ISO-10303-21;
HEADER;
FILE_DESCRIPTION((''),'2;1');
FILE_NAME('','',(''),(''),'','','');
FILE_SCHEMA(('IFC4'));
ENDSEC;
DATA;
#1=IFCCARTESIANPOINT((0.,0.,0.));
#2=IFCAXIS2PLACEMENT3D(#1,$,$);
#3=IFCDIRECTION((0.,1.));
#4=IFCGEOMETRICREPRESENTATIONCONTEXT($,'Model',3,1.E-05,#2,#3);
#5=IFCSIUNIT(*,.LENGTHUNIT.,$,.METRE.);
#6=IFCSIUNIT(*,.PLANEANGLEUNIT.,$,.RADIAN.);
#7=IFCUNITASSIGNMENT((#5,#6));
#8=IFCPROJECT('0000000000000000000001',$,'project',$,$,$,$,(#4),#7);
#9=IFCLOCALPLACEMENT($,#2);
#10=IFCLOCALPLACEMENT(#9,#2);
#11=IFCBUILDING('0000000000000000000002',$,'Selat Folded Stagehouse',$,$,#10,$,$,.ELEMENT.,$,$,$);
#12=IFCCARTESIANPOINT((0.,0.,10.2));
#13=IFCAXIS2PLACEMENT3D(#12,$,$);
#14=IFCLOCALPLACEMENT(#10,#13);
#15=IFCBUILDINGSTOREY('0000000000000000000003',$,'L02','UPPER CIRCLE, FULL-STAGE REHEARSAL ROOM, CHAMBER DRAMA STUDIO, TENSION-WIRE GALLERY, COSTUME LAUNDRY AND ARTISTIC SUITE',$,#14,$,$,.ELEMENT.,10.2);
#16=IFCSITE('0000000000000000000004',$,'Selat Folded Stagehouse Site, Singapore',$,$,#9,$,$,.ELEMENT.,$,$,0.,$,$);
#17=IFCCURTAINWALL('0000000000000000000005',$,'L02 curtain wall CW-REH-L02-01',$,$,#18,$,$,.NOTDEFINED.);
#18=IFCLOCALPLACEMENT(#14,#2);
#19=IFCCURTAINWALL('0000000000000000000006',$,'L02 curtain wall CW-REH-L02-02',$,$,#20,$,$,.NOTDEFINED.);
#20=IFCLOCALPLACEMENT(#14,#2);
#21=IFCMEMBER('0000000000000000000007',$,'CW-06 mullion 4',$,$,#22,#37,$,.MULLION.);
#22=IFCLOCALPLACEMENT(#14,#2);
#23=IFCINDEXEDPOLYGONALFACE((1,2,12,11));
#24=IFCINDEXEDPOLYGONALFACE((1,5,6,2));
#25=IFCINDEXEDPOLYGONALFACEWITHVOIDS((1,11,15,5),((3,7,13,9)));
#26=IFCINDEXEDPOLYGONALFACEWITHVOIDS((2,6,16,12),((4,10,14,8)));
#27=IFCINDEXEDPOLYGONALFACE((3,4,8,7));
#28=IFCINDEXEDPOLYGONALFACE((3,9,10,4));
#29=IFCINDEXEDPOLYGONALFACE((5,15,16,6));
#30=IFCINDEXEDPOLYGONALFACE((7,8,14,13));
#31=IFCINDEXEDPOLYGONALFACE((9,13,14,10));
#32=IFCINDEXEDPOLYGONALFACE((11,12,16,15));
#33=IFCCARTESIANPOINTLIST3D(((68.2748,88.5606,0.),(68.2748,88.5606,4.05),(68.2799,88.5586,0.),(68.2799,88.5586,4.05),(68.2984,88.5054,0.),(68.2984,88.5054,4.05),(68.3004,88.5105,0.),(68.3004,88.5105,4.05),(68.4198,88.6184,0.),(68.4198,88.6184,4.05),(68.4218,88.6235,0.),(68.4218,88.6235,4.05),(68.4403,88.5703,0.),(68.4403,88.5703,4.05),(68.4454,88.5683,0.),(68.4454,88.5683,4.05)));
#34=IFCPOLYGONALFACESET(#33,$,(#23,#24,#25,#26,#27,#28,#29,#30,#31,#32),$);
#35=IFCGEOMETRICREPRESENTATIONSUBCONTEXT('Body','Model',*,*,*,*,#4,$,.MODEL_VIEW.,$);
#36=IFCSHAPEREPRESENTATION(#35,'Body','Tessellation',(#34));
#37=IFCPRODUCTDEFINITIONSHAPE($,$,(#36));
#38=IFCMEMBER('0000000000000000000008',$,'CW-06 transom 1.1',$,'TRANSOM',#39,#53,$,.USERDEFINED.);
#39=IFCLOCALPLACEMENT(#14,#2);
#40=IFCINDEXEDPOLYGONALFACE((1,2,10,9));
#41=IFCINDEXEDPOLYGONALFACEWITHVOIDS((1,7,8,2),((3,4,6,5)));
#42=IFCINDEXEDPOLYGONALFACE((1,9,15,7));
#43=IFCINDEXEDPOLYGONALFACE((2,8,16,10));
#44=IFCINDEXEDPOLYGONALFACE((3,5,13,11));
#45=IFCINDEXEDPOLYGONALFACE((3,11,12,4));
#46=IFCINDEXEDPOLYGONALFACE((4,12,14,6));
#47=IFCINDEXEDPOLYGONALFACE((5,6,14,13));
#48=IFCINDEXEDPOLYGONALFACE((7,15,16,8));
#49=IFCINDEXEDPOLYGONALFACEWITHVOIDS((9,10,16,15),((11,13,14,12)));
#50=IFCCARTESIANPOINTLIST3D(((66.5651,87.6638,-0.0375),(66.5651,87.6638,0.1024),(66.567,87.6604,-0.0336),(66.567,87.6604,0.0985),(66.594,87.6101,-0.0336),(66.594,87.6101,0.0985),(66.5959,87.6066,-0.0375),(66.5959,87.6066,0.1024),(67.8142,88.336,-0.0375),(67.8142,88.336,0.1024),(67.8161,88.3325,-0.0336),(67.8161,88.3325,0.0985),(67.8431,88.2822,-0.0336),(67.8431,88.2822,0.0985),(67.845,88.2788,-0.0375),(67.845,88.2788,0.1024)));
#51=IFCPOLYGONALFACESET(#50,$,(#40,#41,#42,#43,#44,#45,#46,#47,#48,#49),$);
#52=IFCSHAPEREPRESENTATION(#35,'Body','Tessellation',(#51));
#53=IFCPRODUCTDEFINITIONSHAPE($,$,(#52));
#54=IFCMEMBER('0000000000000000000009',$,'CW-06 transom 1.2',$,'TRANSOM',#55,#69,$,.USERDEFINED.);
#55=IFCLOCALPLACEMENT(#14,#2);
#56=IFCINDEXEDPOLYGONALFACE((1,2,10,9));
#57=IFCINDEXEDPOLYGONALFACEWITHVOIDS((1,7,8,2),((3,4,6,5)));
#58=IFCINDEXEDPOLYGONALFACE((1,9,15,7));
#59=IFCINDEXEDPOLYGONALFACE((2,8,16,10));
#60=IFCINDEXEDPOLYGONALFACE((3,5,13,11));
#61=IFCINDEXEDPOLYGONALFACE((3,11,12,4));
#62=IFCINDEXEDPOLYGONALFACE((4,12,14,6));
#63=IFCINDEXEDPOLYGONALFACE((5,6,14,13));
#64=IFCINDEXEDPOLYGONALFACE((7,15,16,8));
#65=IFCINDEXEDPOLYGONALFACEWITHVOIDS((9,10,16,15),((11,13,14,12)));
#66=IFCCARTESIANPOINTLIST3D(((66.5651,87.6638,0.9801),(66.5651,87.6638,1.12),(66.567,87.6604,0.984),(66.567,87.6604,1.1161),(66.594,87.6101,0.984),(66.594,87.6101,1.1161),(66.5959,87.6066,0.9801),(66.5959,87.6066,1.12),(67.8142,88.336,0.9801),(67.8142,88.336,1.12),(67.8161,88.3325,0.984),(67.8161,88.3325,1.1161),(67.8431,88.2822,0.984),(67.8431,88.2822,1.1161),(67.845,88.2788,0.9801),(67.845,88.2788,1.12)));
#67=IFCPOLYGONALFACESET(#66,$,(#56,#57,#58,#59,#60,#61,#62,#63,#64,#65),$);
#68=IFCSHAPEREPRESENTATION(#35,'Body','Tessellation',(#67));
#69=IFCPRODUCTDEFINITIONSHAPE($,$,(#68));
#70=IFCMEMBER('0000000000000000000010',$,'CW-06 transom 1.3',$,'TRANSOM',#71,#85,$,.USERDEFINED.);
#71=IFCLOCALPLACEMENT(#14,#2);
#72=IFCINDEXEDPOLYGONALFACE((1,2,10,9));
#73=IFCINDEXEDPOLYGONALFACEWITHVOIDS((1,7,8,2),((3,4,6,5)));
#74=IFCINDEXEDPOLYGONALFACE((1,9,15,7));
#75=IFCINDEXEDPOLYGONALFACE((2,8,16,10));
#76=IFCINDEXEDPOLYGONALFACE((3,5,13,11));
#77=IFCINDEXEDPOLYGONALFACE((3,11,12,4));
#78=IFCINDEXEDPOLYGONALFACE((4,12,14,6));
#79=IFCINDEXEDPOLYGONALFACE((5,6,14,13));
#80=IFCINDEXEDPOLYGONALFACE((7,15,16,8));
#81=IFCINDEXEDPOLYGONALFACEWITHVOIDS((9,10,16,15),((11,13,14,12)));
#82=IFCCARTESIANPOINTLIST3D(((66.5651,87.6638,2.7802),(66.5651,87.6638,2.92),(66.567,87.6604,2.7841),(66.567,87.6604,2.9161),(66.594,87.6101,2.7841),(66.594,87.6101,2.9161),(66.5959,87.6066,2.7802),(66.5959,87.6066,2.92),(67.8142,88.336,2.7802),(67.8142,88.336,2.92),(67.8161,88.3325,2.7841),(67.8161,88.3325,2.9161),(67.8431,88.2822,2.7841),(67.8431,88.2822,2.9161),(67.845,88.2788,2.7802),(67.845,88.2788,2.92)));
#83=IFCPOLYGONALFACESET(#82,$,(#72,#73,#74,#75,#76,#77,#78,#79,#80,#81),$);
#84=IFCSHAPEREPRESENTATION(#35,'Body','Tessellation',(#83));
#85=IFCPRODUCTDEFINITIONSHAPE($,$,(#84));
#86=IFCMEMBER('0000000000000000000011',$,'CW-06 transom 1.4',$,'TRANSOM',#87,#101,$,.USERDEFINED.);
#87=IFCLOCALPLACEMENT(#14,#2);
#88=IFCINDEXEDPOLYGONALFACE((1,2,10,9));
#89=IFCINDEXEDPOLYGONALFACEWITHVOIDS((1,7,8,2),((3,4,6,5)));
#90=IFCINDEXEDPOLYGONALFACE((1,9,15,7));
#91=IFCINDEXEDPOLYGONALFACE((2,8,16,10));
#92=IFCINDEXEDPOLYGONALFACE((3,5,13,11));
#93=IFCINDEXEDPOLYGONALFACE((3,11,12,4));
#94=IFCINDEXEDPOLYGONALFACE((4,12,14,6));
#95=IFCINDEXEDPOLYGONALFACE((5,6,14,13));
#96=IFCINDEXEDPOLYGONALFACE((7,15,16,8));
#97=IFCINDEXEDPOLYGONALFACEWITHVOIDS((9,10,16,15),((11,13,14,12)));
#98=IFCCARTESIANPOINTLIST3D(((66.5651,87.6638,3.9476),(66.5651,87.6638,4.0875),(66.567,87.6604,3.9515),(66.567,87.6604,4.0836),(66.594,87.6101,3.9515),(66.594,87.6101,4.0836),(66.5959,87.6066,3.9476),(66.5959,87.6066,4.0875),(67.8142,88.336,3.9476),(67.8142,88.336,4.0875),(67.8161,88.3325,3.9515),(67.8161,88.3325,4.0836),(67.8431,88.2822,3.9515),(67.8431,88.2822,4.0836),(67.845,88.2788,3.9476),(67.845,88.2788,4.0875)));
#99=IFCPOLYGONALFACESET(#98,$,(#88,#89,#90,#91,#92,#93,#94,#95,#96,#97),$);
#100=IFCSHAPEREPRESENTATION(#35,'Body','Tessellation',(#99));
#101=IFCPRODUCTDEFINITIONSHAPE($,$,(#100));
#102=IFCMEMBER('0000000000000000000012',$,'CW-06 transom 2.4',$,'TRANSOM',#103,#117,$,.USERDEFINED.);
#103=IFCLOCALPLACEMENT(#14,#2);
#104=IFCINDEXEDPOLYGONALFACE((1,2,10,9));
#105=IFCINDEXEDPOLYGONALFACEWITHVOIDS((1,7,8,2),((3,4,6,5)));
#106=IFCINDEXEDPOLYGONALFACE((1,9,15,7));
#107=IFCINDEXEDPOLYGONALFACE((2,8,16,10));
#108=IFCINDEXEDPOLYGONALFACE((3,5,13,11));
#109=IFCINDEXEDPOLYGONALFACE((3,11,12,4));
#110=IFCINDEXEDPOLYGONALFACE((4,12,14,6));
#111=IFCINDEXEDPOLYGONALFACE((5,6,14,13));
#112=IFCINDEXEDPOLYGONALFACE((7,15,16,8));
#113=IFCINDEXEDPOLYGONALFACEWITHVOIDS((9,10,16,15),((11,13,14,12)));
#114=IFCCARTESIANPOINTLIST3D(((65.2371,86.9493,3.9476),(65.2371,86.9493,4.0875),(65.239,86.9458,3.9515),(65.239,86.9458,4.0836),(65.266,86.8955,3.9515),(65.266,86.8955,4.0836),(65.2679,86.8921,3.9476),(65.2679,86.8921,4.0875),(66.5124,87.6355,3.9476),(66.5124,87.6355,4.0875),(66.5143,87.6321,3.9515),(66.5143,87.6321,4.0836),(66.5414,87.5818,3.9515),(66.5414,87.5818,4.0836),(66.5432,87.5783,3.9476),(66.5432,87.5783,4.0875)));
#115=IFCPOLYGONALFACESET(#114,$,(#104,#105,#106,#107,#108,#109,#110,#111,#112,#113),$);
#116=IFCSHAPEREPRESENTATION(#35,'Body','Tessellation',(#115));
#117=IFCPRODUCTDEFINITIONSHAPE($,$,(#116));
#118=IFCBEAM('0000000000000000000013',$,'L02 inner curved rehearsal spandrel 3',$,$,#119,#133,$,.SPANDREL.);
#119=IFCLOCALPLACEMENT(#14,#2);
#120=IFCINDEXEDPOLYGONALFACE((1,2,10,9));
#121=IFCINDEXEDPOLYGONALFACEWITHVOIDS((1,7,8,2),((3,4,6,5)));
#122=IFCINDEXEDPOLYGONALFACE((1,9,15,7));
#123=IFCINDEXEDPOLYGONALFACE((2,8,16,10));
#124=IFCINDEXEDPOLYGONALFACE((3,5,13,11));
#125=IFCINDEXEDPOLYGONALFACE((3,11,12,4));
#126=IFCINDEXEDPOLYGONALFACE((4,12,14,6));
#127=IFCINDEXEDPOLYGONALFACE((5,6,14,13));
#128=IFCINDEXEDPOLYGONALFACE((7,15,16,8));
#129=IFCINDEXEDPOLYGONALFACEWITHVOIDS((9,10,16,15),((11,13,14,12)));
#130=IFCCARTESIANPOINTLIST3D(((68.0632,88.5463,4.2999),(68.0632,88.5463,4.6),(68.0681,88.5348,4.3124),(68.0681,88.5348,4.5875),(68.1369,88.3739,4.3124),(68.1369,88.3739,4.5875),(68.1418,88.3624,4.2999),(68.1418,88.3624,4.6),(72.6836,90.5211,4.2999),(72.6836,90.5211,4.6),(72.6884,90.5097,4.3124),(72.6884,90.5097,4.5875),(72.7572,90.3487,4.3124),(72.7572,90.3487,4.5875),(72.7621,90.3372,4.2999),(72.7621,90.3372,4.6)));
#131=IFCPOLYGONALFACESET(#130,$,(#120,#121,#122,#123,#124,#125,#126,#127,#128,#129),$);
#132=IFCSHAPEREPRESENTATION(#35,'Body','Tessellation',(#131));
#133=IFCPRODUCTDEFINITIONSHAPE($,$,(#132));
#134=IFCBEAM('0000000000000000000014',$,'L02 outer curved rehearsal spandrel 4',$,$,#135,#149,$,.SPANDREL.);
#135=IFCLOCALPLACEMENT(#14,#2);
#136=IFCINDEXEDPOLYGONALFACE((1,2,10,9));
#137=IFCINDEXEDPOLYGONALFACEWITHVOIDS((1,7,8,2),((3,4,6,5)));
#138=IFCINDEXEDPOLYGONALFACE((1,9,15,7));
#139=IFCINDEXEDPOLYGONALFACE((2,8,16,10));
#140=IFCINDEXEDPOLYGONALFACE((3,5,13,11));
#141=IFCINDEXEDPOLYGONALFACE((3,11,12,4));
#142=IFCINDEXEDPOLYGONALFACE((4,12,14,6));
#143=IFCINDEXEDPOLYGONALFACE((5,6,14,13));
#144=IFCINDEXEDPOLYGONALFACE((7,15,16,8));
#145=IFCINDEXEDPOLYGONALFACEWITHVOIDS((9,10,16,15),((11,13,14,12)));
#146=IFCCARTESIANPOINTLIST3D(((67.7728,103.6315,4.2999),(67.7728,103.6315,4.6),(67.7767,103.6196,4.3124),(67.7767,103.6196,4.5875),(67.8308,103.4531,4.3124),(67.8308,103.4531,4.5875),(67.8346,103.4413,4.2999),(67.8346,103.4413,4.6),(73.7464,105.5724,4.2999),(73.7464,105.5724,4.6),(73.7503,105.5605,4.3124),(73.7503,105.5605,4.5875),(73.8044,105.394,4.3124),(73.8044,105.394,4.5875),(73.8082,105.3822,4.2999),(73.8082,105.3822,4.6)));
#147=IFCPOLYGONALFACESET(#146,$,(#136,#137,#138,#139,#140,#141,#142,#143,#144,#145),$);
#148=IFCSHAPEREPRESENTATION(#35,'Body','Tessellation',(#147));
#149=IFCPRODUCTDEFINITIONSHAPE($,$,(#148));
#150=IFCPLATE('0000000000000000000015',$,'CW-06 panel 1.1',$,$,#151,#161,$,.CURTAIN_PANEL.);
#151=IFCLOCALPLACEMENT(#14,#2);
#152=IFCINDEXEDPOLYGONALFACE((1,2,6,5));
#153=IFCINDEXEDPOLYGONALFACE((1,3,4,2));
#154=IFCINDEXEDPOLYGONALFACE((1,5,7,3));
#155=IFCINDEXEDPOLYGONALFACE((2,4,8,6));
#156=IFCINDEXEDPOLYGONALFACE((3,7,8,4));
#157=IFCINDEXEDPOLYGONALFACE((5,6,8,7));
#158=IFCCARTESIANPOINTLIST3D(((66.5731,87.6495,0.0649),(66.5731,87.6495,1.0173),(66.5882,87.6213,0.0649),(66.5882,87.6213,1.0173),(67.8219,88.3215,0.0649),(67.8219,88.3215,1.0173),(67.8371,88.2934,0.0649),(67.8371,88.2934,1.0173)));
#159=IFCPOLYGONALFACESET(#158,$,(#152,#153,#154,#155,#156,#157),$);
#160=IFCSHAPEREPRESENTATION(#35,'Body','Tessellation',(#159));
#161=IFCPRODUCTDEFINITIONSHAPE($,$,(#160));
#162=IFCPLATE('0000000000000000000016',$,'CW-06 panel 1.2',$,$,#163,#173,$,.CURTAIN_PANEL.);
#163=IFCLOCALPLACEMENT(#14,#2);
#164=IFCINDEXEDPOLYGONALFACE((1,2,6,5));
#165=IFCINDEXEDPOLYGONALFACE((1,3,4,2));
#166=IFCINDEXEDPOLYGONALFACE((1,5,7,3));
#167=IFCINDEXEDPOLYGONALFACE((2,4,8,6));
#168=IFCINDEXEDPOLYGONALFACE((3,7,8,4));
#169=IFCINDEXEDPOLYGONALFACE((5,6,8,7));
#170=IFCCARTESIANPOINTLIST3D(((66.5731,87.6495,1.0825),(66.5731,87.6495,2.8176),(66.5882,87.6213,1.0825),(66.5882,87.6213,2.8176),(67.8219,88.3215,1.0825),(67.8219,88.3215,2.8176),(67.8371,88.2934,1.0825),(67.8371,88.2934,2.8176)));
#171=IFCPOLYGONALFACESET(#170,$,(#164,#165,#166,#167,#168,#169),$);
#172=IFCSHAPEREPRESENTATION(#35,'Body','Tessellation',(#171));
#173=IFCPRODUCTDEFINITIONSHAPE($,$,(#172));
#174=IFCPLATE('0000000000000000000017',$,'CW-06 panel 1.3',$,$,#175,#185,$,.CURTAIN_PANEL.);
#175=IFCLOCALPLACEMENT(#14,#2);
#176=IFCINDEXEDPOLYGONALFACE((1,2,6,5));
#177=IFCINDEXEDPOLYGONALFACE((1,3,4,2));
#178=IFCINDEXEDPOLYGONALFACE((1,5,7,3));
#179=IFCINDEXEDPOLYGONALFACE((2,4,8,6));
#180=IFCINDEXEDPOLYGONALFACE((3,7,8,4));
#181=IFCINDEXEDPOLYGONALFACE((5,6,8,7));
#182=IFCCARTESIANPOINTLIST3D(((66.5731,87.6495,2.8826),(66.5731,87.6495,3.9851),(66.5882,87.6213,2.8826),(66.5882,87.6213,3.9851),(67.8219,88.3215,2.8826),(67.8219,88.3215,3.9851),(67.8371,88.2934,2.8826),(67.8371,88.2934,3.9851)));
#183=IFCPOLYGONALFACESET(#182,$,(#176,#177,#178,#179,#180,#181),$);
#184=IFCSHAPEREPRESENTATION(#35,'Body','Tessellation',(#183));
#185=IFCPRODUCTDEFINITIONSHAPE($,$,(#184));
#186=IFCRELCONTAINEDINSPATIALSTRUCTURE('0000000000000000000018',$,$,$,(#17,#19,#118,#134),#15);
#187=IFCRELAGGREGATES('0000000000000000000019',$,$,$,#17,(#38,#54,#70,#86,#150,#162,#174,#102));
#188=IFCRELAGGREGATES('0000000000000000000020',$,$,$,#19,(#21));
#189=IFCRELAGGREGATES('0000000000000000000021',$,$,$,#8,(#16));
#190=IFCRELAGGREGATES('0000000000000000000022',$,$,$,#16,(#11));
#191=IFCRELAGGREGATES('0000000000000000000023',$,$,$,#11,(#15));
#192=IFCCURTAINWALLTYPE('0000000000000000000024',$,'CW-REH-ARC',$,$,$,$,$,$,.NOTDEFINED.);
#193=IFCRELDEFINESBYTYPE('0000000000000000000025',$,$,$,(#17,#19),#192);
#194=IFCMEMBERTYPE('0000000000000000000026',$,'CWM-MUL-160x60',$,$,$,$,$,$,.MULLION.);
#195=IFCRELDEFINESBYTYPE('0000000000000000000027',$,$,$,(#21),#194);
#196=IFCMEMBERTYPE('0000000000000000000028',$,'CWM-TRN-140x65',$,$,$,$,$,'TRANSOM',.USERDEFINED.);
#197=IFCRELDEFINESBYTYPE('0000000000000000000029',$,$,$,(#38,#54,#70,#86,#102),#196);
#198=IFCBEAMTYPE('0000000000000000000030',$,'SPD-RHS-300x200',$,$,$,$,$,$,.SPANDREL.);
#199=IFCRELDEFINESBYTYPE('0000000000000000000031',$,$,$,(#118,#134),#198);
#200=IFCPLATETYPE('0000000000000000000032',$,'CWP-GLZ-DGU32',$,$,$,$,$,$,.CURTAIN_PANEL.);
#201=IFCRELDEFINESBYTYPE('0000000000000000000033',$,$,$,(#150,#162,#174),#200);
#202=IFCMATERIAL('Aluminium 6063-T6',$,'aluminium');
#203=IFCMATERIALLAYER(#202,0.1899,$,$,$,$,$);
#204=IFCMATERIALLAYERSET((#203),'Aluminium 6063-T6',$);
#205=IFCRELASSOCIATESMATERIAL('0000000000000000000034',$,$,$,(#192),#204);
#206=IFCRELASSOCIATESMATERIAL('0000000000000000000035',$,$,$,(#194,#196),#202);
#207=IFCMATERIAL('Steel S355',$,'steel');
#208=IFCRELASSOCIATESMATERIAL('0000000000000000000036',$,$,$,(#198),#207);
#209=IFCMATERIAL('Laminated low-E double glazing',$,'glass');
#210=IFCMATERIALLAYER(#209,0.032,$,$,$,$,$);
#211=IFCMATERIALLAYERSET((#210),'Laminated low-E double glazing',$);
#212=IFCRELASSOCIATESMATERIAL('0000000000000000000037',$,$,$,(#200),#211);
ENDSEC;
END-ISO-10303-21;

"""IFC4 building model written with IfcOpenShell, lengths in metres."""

from ifc_helpers import new_model, si_unit, direction, frame, origin, origin_2d, place, context, subcontext, project, spatial, rectangle, hollow_rectangle, extrude, material, layer, layer_set, material_profile, profile_set, type_object, element, aggregate, save


model = new_model("IFC4")

# Units and contexts
model_context = context("Model", 3, precision=1e-05, world=origin(), true_north=direction((0.0, 1.0)))
body_context = subcontext(model_context, "Body", "Model", "MODEL_VIEW")
ifc_project = project(units=[si_unit("LENGTHUNIT", "METRE"), si_unit("PLANEANGLEUNIT", "RADIAN")], contexts=[model_context])

# Site, building, storey
site_placement = place(None, origin())
site = spatial("IfcSite", under=ifc_project, at=site_placement, Name="Selat Folded Stagehouse Site, Singapore", CompositionType="ELEMENT", RefElevation=0.0)
building_placement = place(site_placement, origin())
building = spatial("IfcBuilding", under=site, at=building_placement, Name="Selat Folded Stagehouse", CompositionType="ELEMENT")
storey_placement = place(building_placement, frame((0.0, 0.0, 10.2)))
storey = spatial("IfcBuildingStorey", under=building, at=storey_placement, Name="L02", Description="UPPER CIRCLE, FULL-STAGE REHEARSAL ROOM, CHAMBER DRAMA STUDIO, TENSION-WIRE GALLERY, COSTUME LAUNDRY AND ARTISTIC SUITE", CompositionType="ELEMENT", Elevation=10.2)

# Shared definitions
ifc_material_1 = material(Name="Steel S355", Category="steel")

# Curtain wall
ifc_material_2 = material(Name="Aluminium 6063-T6", Category="aluminium")
ifc_layer_1 = layer(ifc_material_2, 0.1899)
ifc_layer_set_1 = layer_set([ifc_layer_1], Name="Aluminium 6063-T6")
curtain_wall_type = type_object("IfcCurtainWallType", Name="CW-REH-ARC", PredefinedType="NOTDEFINED", material=ifc_layer_set_1)
curtain_wall_1_placement = place(storey_placement, origin())
curtain_wall_1 = element("IfcCurtainWall", 1, at=curtain_wall_1_placement, inside=storey, type_object=curtain_wall_type, Name="L02 curtain wall CW-REH-L02-01", PredefinedType="NOTDEFINED")
ifc_material_profile_1 = material_profile(ifc_material_2, hollow_rectangle(XDim=0.0601, YDim=0.1599, WallThickness=0.0039, at=origin_2d()), Name="ALU 160x60x4.0")
ifc_profile_set_1 = profile_set([ifc_material_profile_1], Name="Aluminium 6063-T6")
member_type_1 = type_object("IfcMemberType", Name="CWM-MUL-160x60", PredefinedType="MULLION", material=ifc_profile_set_1)

# Curtain wall, member
curtain_wall_2_placement = place(storey_placement, origin())
curtain_wall_2 = element("IfcCurtainWall", 2, at=curtain_wall_2_placement, inside=storey, type_object=curtain_wall_type, Name="L02 curtain wall CW-REH-L02-02", PredefinedType="NOTDEFINED")
member_1_placement = place(storey_placement, frame((68.3601, 88.5645, 0.0), z_axis=(0.0, 0.0, 1.0), x_axis=(0.393012, -0.919533, 0.0)))
member_1 = element("IfcMember", 3, at=member_1_placement, type_object=member_type_1, Name="CW-06 mullion 4", PredefinedType="MULLION", context=body_context, shape_type="SweptSolid", body=[
    extrude(hollow_rectangle(XDim=0.0601, YDim=0.1599, WallThickness=0.0039, at=origin_2d()), origin(), (0.0, 0.0, 1.0), 4.05),
])

# Members
ifc_material_profile_2 = material_profile(ifc_material_2, hollow_rectangle(XDim=0.0649, YDim=0.1399, WallThickness=0.0039, at=origin_2d()), Name="ALU 140x65x4.0")
ifc_profile_set_2 = profile_set([ifc_material_profile_2], Name="Aluminium 6063-T6")
member_type_2 = type_object("IfcMemberType", Name="CWM-TRN-140x65", ElementType="TRANSOM", PredefinedType="USERDEFINED", material=ifc_profile_set_2)
member_2_placement = place(storey_placement, frame((67.8296, 88.3074, 0.0325), z_axis=(-0.880598, -0.473864, 0.0), x_axis=(0.473864, -0.880598, 0.0)))
member_2 = element("IfcMember", 4, at=member_2_placement, type_object=member_type_2, Name="CW-06 transom 1.1", ObjectType="TRANSOM", PredefinedType="USERDEFINED", context=body_context, shape_type="SweptSolid", body=[
    extrude(hollow_rectangle(XDim=0.0649, YDim=0.1399, WallThickness=0.0039, at=origin_2d()), origin(), (0.0, 0.0, 1.0), 1.4185),
])
member_3_placement = place(storey_placement, frame((67.8296, 88.3074, 1.05), z_axis=(-0.880598, -0.473864, 0.0), x_axis=(0.473864, -0.880598, 0.0)))
member_3 = element("IfcMember", 5, at=member_3_placement, type_object=member_type_2, Name="CW-06 transom 1.2", ObjectType="TRANSOM", PredefinedType="USERDEFINED", context=body_context, shape_type="SweptSolid", body=[
    extrude(hollow_rectangle(XDim=0.0649, YDim=0.1399, WallThickness=0.0039, at=origin_2d()), origin(), (0.0, 0.0, 1.0), 1.4185),
])
member_4_placement = place(storey_placement, frame((67.8296, 88.3074, 2.8501), z_axis=(-0.880598, -0.473864, 0.0), x_axis=(0.473864, -0.880598, 0.0)))
member_4 = element("IfcMember", 6, at=member_4_placement, type_object=member_type_2, Name="CW-06 transom 1.3", ObjectType="TRANSOM", PredefinedType="USERDEFINED", context=body_context, shape_type="SweptSolid", body=[
    extrude(hollow_rectangle(XDim=0.0649, YDim=0.1399, WallThickness=0.0039, at=origin_2d()), origin(), (0.0, 0.0, 1.0), 1.4185),
])
member_5_placement = place(storey_placement, frame((67.8296, 88.3074, 4.0176), z_axis=(-0.880598, -0.473864, 0.0), x_axis=(0.473864, -0.880598, 0.0)))
member_5 = element("IfcMember", 7, at=member_5_placement, type_object=member_type_2, Name="CW-06 transom 1.4", ObjectType="TRANSOM", PredefinedType="USERDEFINED", context=body_context, shape_type="SweptSolid", body=[
    extrude(hollow_rectangle(XDim=0.0649, YDim=0.1399, WallThickness=0.0039, at=origin_2d()), origin(), (0.0, 0.0, 1.0), 1.4185),
])
member_6_placement = place(storey_placement, frame((66.5278, 87.6069, 4.0176), z_axis=(-0.880606, -0.473848, 0.0), x_axis=(0.473848, -0.880606, 0.0)))
member_6 = element("IfcMember", 8, at=member_6_placement, type_object=member_type_2, Name="CW-06 transom 2.4", ObjectType="TRANSOM", PredefinedType="USERDEFINED", context=body_context, shape_type="SweptSolid", body=[
    extrude(hollow_rectangle(XDim=0.0649, YDim=0.1399, WallThickness=0.0039, at=origin_2d()), origin(), (0.0, 0.0, 1.0), 1.4482),
])

# Beams
ifc_material_profile_3 = material_profile(ifc_material_1, hollow_rectangle(XDim=0.2, YDim=0.3, WallThickness=0.0125, at=origin_2d()), Name="RHS 300x200x12.5")
ifc_profile_set_3 = profile_set([ifc_material_profile_3], Name="Steel S355")
beam_type_1 = type_object("IfcBeamType", Name="SPD-RHS-300x200", PredefinedType="SPANDREL", material=ifc_profile_set_3)
beam_1_placement = place(storey_placement, frame((68.1025, 88.4543, 4.45), z_axis=(0.919527, 0.393028, 0.0), x_axis=(-0.393028, 0.919527, 0.0)))
element("IfcBeam", 9, at=beam_1_placement, inside=storey, type_object=beam_type_1, Name="L02 inner curved rehearsal spandrel 3", PredefinedType="SPANDREL", context=body_context, shape_type="SweptSolid", body=[
    extrude(hollow_rectangle(XDim=0.2, YDim=0.3, WallThickness=0.0125, at=origin_2d()), origin(), (0.0, 0.0, 1.0), 5.0247),
])
beam_2_placement = place(storey_placement, frame((67.8037, 103.5364, 4.45), z_axis=(0.951058, 0.309012, 0.0), x_axis=(-0.309012, 0.951058, 0.0)))
element("IfcBeam", 10, at=beam_2_placement, inside=storey, type_object=beam_type_1, Name="L02 outer curved rehearsal spandrel 4", PredefinedType="SPANDREL", context=body_context, shape_type="SweptSolid", body=[
    extrude(hollow_rectangle(XDim=0.2, YDim=0.3, WallThickness=0.0125, at=origin_2d()), origin(), (0.0, 0.0, 1.0), 6.281),
])

# Plates
ifc_material_3 = material(Name="Laminated low-E double glazing", Category="glass")
ifc_layer_2 = layer(ifc_material_3, 0.032)
ifc_layer_set_2 = layer_set([ifc_layer_2], Name="Laminated low-E double glazing")
plate_type_1 = type_object("IfcPlateType", Name="CWP-GLZ-DGU32", PredefinedType="CURTAIN_PANEL", material=ifc_layer_set_2)
plate_1_placement = place(storey_placement, frame((67.2051, 87.9714, 0.0649), z_axis=(0.0, 0.0, 1.0), x_axis=(-0.880601, -0.473859, 0.0)))
plate_1 = element("IfcPlate", 11, at=plate_1_placement, type_object=plate_type_1, Name="CW-06 panel 1.1", PredefinedType="CURTAIN_PANEL", context=body_context, shape_type="SweptSolid", body=[
    extrude(rectangle(XDim=1.4182, YDim=0.032, at=origin_2d()), origin(), (0.0, 0.0, 1.0), 0.9524),
])
plate_2_placement = place(storey_placement, frame((67.2051, 87.9714, 1.0825), z_axis=(0.0, 0.0, 1.0), x_axis=(-0.880601, -0.473859, 0.0)))
plate_2 = element("IfcPlate", 12, at=plate_2_placement, type_object=plate_type_1, Name="CW-06 panel 1.2", PredefinedType="CURTAIN_PANEL", context=body_context, shape_type="SweptSolid", body=[
    extrude(rectangle(XDim=1.4182, YDim=0.032, at=origin_2d()), origin(), (0.0, 0.0, 1.0), 1.7351),
])
plate_3_placement = place(storey_placement, frame((67.2051, 87.9714, 2.8826), z_axis=(0.0, 0.0, 1.0), x_axis=(-0.880601, -0.473859, 0.0)))
plate_3 = element("IfcPlate", 13, at=plate_3_placement, type_object=plate_type_1, Name="CW-06 panel 1.3", PredefinedType="CURTAIN_PANEL", context=body_context, shape_type="SweptSolid", body=[
    extrude(rectangle(XDim=1.4182, YDim=0.032, at=origin_2d()), origin(), (0.0, 0.0, 1.0), 1.1025),
])
aggregate(curtain_wall_1, [member_2, member_3, member_4, member_5, plate_1, plate_2, plate_3, member_6])
aggregate(curtain_wall_2, [member_1])

save(model, "model.ifc")
